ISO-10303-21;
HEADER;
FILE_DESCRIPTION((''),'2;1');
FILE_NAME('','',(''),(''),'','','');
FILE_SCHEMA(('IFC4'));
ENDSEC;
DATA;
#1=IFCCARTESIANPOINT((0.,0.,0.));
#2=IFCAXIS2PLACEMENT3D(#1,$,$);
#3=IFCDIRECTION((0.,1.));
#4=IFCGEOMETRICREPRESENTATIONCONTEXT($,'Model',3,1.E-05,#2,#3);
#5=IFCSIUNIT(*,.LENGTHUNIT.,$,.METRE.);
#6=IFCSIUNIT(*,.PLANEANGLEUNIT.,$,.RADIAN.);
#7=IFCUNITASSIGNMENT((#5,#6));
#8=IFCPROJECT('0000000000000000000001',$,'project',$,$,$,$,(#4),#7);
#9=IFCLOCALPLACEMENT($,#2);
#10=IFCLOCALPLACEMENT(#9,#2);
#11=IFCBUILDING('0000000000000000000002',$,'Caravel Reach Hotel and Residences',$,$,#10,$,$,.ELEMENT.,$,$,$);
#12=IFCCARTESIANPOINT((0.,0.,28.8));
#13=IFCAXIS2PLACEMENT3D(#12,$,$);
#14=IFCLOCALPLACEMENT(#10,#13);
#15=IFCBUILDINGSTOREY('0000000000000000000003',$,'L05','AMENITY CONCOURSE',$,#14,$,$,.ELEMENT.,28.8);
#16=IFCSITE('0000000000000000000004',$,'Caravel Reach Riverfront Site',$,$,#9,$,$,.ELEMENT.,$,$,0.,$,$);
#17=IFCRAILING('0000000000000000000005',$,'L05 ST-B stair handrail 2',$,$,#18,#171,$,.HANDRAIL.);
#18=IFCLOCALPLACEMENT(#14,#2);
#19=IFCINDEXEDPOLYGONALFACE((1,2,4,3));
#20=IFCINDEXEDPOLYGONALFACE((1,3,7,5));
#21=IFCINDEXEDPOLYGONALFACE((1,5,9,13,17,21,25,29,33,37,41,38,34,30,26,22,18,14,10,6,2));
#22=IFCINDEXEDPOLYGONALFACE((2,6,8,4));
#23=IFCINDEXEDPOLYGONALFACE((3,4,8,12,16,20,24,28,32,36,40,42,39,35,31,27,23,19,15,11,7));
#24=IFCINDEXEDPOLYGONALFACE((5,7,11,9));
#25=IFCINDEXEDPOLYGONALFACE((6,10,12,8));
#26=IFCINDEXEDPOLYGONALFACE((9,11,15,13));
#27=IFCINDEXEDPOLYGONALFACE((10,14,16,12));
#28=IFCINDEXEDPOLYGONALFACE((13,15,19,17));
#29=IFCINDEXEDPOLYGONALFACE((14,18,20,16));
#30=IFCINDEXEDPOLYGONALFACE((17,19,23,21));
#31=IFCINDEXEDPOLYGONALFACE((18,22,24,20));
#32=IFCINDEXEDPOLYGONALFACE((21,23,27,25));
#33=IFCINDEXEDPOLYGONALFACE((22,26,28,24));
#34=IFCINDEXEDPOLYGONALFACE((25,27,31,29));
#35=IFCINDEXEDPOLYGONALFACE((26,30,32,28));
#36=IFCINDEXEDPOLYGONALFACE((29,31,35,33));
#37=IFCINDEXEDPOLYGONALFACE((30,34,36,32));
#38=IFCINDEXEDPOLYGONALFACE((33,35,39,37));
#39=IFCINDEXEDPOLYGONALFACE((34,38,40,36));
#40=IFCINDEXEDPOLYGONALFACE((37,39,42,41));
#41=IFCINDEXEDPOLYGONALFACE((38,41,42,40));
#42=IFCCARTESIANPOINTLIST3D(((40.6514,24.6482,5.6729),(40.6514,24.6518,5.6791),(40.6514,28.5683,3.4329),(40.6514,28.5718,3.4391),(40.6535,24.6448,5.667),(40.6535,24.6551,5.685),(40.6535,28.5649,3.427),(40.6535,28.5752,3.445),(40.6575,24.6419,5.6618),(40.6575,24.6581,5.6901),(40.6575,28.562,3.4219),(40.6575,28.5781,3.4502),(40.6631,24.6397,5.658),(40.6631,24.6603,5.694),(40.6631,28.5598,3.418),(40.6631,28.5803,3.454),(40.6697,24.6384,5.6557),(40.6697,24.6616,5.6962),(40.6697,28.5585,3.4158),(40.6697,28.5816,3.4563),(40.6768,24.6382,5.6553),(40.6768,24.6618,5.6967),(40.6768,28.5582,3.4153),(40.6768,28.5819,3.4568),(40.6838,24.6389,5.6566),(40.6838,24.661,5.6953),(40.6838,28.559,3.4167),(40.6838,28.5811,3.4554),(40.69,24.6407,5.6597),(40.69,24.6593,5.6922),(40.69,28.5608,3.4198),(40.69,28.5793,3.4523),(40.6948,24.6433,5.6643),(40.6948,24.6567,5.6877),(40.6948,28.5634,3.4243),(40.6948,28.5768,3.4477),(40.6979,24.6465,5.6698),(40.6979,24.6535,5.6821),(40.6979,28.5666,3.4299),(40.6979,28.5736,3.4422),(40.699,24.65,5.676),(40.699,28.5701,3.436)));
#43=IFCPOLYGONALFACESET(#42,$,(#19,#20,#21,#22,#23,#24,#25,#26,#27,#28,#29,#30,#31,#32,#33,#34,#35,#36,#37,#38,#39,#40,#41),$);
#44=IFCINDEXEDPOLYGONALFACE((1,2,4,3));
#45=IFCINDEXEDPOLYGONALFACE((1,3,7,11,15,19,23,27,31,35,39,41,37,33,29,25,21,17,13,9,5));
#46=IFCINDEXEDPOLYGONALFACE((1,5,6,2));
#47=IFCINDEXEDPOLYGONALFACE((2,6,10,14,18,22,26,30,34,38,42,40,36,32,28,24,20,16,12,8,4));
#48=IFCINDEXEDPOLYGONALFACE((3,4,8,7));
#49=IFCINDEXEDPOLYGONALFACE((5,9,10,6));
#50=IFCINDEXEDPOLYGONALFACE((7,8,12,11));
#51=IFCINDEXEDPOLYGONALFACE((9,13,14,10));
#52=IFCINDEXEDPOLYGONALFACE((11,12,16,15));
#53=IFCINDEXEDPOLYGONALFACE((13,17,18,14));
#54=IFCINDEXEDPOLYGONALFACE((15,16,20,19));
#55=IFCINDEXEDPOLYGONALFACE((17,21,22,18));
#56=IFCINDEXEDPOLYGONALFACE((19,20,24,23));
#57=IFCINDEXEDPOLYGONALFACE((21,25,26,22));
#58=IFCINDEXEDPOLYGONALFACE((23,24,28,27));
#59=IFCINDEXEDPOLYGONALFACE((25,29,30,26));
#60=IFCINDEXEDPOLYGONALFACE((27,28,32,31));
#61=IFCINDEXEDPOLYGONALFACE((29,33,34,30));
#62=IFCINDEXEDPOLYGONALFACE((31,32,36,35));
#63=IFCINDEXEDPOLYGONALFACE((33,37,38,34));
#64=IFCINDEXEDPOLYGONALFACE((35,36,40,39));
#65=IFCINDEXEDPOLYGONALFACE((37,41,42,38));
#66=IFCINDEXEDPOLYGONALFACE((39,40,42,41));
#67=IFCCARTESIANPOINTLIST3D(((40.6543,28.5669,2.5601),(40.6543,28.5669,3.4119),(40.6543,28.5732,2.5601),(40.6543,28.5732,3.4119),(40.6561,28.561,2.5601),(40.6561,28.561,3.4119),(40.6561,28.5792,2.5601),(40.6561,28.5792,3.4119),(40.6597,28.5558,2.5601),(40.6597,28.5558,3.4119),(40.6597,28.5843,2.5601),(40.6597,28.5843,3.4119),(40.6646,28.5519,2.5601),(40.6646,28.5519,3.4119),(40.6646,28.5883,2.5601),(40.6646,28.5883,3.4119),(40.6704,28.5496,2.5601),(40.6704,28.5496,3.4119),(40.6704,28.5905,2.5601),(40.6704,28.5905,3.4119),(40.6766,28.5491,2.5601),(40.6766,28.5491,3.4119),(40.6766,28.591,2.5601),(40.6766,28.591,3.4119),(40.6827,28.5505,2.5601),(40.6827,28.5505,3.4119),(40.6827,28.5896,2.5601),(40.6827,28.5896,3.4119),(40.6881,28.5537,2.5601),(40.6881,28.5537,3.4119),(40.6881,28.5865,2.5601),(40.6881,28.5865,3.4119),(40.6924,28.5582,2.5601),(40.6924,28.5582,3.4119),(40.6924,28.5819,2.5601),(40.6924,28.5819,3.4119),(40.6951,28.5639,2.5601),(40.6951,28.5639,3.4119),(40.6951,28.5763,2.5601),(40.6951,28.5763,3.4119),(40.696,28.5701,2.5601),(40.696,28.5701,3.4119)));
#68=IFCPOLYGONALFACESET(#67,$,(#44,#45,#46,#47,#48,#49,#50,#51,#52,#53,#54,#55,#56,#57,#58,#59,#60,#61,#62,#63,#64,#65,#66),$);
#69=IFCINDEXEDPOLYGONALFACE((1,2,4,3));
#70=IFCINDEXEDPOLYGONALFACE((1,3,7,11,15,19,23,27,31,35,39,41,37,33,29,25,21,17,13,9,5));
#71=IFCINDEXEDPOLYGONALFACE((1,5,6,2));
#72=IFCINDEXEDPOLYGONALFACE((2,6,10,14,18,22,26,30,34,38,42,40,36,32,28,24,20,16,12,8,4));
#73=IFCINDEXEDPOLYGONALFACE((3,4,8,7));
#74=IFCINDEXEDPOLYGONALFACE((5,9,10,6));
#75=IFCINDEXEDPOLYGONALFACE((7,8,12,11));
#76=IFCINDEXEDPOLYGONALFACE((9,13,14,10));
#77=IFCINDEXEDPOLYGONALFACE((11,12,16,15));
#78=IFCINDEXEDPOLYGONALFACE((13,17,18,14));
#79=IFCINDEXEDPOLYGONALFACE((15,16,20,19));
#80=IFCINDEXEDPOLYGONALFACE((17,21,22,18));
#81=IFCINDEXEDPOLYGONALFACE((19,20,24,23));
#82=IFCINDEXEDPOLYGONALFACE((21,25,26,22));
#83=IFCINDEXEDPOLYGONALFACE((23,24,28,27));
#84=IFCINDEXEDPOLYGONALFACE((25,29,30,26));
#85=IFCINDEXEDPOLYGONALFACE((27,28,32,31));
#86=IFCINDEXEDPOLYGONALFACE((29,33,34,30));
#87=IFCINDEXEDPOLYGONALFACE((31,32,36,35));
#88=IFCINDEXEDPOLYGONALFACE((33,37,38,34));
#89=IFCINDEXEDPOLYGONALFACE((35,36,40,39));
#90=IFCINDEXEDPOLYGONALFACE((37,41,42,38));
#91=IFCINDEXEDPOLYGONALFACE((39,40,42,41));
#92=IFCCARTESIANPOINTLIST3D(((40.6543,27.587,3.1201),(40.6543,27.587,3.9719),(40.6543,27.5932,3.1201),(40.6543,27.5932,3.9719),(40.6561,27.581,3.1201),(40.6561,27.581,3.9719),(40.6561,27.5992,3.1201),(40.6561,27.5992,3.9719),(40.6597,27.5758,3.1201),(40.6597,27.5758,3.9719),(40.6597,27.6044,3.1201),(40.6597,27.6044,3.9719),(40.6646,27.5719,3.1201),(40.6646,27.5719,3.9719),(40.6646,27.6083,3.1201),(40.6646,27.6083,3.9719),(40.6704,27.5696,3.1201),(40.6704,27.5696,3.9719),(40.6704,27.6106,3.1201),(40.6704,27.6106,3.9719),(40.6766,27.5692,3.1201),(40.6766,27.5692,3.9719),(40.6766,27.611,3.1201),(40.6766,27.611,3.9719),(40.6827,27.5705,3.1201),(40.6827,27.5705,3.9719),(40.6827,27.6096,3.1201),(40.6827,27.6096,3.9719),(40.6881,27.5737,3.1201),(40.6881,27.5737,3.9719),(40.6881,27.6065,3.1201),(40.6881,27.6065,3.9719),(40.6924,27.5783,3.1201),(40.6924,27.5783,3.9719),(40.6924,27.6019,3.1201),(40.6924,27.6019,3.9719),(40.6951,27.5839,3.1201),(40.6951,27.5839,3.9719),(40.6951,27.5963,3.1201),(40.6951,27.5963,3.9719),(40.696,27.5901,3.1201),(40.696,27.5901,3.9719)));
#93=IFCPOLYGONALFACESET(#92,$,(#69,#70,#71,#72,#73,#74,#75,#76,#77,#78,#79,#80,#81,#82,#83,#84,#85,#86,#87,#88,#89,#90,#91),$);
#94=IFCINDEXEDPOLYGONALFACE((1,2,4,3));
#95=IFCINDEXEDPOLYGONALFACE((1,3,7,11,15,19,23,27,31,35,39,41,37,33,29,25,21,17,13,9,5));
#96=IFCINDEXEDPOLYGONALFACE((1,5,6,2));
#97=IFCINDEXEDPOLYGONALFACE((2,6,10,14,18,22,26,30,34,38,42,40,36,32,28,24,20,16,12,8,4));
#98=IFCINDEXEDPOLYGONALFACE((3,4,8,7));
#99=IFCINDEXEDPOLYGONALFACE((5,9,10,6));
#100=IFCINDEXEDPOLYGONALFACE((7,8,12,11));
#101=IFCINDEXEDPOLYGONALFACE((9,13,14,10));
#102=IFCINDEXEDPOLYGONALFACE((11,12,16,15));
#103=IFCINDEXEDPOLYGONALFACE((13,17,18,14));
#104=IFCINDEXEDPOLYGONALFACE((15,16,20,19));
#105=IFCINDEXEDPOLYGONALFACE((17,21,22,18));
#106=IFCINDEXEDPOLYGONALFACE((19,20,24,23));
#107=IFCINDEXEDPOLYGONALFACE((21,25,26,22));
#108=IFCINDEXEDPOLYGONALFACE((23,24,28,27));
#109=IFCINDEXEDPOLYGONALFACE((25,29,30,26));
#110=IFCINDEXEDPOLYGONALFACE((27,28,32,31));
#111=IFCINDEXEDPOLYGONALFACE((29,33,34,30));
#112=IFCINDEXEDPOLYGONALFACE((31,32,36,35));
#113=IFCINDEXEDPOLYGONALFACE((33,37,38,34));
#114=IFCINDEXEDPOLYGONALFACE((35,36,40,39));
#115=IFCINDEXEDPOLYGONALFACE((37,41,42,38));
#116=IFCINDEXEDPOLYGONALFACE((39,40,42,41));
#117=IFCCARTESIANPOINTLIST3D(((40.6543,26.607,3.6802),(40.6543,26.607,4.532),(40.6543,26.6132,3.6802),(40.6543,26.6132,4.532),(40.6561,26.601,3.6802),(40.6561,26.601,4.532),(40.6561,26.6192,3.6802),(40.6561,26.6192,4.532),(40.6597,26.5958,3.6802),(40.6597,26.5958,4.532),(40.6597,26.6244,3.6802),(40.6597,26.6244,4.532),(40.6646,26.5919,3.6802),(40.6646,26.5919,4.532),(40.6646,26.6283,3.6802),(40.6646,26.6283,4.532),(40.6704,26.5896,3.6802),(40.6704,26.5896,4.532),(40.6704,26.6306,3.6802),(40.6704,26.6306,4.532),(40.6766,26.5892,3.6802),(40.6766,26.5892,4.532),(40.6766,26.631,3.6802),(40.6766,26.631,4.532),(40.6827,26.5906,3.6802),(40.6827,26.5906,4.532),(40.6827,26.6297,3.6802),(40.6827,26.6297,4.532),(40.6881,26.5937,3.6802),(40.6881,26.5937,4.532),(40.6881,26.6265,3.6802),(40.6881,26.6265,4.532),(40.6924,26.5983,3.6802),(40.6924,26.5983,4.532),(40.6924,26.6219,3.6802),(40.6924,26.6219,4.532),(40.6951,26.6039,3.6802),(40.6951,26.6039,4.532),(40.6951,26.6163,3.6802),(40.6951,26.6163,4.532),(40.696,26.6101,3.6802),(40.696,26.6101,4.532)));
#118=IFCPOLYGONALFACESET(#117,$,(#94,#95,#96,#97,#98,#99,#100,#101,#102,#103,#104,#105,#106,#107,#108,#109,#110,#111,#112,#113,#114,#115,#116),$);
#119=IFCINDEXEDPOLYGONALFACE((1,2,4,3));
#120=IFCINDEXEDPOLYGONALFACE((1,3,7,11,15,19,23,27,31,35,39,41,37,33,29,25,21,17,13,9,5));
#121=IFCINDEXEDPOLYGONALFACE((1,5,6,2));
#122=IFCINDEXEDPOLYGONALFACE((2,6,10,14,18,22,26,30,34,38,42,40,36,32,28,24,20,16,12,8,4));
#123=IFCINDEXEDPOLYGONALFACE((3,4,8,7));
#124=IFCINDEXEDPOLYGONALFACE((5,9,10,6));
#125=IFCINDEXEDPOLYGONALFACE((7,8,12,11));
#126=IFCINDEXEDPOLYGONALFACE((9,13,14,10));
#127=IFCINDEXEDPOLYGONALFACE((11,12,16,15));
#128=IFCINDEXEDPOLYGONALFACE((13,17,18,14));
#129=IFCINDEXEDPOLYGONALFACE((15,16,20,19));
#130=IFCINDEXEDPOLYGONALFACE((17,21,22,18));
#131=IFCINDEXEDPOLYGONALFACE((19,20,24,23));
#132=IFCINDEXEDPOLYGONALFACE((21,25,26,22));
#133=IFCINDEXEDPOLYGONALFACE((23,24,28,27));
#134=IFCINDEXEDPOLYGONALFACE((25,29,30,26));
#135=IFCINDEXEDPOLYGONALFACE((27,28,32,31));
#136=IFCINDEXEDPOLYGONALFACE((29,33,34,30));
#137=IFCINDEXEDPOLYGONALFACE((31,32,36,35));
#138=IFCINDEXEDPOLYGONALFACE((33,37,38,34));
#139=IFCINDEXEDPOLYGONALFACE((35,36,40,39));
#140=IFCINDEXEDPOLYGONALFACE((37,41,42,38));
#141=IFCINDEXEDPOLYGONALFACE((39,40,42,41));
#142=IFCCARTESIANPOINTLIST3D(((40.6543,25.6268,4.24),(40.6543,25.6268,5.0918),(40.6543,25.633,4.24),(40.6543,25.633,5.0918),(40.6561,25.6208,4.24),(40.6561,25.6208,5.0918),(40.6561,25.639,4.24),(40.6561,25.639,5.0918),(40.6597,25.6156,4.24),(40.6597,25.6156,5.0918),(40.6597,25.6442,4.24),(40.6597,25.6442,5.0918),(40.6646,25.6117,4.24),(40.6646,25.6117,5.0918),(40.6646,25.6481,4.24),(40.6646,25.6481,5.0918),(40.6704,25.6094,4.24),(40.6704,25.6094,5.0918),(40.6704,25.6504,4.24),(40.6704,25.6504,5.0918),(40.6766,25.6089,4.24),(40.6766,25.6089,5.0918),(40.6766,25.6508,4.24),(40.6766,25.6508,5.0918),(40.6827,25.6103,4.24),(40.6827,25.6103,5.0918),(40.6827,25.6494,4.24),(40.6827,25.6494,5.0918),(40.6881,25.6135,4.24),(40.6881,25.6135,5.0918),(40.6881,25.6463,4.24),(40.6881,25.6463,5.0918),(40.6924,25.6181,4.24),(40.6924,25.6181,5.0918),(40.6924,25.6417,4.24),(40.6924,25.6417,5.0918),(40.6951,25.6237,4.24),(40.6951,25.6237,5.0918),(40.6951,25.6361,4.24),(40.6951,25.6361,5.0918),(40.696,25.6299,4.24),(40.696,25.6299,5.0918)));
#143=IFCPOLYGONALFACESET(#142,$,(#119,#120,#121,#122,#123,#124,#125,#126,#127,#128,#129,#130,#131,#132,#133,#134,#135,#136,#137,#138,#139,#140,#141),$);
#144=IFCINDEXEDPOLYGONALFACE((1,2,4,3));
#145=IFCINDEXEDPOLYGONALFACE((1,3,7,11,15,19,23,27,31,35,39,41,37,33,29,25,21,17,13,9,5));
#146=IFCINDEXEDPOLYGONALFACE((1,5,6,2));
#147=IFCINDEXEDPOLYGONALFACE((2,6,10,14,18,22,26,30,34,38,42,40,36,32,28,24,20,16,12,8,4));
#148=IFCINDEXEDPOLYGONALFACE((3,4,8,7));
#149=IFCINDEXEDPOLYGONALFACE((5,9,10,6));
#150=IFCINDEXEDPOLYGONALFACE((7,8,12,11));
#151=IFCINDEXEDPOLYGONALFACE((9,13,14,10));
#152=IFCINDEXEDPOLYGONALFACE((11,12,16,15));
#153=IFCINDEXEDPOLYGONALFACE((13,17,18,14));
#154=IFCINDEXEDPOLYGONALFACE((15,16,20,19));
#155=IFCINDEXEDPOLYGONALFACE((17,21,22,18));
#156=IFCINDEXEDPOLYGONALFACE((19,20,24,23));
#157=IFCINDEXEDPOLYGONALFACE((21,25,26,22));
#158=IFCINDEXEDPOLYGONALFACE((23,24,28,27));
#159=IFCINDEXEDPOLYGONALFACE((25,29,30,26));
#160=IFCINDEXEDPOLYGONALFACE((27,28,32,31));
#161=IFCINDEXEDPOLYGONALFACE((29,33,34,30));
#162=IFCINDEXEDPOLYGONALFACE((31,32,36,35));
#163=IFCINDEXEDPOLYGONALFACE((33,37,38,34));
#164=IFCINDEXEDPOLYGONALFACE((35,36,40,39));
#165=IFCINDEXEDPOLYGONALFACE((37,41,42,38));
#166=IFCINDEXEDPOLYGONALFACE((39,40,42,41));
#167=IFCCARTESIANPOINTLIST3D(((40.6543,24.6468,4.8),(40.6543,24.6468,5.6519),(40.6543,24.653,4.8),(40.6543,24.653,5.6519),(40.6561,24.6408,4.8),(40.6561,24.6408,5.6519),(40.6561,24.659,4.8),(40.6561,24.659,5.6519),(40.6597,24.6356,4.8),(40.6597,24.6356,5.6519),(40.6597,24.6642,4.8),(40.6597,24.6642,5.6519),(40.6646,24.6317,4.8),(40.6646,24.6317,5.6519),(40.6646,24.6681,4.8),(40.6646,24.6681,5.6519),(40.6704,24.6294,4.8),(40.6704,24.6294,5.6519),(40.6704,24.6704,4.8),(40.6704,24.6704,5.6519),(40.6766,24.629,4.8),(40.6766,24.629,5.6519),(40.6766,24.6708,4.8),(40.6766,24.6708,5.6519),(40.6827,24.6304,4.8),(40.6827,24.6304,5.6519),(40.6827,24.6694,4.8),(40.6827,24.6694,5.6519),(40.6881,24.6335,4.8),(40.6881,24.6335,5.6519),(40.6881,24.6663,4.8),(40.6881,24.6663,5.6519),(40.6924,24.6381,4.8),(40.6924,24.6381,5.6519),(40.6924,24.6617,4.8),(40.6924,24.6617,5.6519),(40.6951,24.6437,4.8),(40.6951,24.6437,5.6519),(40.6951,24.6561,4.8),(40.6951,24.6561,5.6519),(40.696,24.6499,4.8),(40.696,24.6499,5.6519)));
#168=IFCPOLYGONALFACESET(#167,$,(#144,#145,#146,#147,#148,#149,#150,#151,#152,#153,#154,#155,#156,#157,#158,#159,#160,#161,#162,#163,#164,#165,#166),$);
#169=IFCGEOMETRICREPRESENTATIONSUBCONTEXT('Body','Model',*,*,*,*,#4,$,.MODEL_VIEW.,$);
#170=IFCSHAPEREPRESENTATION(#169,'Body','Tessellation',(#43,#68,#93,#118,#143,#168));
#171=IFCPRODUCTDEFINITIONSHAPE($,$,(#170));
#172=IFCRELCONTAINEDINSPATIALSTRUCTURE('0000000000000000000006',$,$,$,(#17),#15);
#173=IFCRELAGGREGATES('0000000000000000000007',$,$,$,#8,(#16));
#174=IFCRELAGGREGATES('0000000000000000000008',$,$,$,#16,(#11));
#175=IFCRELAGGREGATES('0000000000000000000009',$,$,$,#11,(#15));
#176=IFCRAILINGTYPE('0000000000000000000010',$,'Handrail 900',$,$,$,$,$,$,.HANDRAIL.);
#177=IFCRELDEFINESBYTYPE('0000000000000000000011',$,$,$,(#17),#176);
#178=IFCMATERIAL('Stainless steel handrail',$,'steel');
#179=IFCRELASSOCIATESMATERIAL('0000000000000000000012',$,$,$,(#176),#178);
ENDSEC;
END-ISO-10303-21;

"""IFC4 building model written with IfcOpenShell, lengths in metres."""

from ifc_helpers import new_model, si_unit, direction, frame, origin, origin_2d, place, context, subcontext, project, spatial, circle, extrude, material, type_object, element, save


model = new_model("IFC4")

# Units and contexts
model_context = context("Model", 3, precision=1e-05, world=origin(), true_north=direction((0.0, 1.0)))
body_context = subcontext(model_context, "Body", "Model", "MODEL_VIEW")
ifc_project = project(units=[si_unit("LENGTHUNIT", "METRE"), si_unit("PLANEANGLEUNIT", "RADIAN")], contexts=[model_context])

# Site, building, storey
site_placement = place(None, origin())
site = spatial("IfcSite", under=ifc_project, at=site_placement, Name="Caravel Reach Riverfront Site", CompositionType="ELEMENT", RefElevation=0.0)
building_placement = place(site_placement, origin())
building = spatial("IfcBuilding", under=site, at=building_placement, Name="Caravel Reach Hotel and Residences", CompositionType="ELEMENT")
storey_placement = place(building_placement, frame((0.0, 0.0, 28.8)))
storey = spatial("IfcBuildingStorey", under=building, at=storey_placement, Name="L05", Description="AMENITY CONCOURSE", CompositionType="ELEMENT", Elevation=28.8)

# Railing
ifc_material_1 = material(Name="Stainless steel handrail", Category="steel")
railing_type_1 = type_object("IfcRailingType", Name="Handrail 900", PredefinedType="HANDRAIL", material=ifc_material_1)
railing_1_placement = place(storey_placement, frame((40.675, 28.5701, 2.5601)))
element("IfcRailing", 1, at=railing_1_placement, inside=storey, type_object=railing_type_1, Name="L05 ST-B stair handrail 2", PredefinedType="HANDRAIL", context=body_context, shape_type="SweptSolid", body=[
    extrude(circle(Radius=0.0239, at=origin_2d()), frame((0.0, 0.0, 0.876), z_axis=(0.0, -0.868253, 0.496121), x_axis=(1.0, 0.0, 0.0)), (0.0, 0.0, 1.0), 4.5149),
    extrude(circle(Radius=0.021, at=origin_2d()), origin(), (0.0, 0.0, 1.0), 0.8518),
    extrude(circle(Radius=0.021, at=origin_2d()), frame((0.0, -0.98, 0.5601)), (0.0, 0.0, 1.0), 0.8518),
    extrude(circle(Radius=0.021, at=origin_2d()), frame((0.0, -1.96, 1.1201)), (0.0, 0.0, 1.0), 0.8518),
    extrude(circle(Radius=0.021, at=origin_2d()), frame((0.0, -2.9402, 1.6799)), (0.0, 0.0, 1.0), 0.8518),
    extrude(circle(Radius=0.021, at=origin_2d()), frame((0.0, -3.9202, 2.24)), (0.0, 0.0, 1.0), 0.8518),
])

save(model, "model.ifc")
